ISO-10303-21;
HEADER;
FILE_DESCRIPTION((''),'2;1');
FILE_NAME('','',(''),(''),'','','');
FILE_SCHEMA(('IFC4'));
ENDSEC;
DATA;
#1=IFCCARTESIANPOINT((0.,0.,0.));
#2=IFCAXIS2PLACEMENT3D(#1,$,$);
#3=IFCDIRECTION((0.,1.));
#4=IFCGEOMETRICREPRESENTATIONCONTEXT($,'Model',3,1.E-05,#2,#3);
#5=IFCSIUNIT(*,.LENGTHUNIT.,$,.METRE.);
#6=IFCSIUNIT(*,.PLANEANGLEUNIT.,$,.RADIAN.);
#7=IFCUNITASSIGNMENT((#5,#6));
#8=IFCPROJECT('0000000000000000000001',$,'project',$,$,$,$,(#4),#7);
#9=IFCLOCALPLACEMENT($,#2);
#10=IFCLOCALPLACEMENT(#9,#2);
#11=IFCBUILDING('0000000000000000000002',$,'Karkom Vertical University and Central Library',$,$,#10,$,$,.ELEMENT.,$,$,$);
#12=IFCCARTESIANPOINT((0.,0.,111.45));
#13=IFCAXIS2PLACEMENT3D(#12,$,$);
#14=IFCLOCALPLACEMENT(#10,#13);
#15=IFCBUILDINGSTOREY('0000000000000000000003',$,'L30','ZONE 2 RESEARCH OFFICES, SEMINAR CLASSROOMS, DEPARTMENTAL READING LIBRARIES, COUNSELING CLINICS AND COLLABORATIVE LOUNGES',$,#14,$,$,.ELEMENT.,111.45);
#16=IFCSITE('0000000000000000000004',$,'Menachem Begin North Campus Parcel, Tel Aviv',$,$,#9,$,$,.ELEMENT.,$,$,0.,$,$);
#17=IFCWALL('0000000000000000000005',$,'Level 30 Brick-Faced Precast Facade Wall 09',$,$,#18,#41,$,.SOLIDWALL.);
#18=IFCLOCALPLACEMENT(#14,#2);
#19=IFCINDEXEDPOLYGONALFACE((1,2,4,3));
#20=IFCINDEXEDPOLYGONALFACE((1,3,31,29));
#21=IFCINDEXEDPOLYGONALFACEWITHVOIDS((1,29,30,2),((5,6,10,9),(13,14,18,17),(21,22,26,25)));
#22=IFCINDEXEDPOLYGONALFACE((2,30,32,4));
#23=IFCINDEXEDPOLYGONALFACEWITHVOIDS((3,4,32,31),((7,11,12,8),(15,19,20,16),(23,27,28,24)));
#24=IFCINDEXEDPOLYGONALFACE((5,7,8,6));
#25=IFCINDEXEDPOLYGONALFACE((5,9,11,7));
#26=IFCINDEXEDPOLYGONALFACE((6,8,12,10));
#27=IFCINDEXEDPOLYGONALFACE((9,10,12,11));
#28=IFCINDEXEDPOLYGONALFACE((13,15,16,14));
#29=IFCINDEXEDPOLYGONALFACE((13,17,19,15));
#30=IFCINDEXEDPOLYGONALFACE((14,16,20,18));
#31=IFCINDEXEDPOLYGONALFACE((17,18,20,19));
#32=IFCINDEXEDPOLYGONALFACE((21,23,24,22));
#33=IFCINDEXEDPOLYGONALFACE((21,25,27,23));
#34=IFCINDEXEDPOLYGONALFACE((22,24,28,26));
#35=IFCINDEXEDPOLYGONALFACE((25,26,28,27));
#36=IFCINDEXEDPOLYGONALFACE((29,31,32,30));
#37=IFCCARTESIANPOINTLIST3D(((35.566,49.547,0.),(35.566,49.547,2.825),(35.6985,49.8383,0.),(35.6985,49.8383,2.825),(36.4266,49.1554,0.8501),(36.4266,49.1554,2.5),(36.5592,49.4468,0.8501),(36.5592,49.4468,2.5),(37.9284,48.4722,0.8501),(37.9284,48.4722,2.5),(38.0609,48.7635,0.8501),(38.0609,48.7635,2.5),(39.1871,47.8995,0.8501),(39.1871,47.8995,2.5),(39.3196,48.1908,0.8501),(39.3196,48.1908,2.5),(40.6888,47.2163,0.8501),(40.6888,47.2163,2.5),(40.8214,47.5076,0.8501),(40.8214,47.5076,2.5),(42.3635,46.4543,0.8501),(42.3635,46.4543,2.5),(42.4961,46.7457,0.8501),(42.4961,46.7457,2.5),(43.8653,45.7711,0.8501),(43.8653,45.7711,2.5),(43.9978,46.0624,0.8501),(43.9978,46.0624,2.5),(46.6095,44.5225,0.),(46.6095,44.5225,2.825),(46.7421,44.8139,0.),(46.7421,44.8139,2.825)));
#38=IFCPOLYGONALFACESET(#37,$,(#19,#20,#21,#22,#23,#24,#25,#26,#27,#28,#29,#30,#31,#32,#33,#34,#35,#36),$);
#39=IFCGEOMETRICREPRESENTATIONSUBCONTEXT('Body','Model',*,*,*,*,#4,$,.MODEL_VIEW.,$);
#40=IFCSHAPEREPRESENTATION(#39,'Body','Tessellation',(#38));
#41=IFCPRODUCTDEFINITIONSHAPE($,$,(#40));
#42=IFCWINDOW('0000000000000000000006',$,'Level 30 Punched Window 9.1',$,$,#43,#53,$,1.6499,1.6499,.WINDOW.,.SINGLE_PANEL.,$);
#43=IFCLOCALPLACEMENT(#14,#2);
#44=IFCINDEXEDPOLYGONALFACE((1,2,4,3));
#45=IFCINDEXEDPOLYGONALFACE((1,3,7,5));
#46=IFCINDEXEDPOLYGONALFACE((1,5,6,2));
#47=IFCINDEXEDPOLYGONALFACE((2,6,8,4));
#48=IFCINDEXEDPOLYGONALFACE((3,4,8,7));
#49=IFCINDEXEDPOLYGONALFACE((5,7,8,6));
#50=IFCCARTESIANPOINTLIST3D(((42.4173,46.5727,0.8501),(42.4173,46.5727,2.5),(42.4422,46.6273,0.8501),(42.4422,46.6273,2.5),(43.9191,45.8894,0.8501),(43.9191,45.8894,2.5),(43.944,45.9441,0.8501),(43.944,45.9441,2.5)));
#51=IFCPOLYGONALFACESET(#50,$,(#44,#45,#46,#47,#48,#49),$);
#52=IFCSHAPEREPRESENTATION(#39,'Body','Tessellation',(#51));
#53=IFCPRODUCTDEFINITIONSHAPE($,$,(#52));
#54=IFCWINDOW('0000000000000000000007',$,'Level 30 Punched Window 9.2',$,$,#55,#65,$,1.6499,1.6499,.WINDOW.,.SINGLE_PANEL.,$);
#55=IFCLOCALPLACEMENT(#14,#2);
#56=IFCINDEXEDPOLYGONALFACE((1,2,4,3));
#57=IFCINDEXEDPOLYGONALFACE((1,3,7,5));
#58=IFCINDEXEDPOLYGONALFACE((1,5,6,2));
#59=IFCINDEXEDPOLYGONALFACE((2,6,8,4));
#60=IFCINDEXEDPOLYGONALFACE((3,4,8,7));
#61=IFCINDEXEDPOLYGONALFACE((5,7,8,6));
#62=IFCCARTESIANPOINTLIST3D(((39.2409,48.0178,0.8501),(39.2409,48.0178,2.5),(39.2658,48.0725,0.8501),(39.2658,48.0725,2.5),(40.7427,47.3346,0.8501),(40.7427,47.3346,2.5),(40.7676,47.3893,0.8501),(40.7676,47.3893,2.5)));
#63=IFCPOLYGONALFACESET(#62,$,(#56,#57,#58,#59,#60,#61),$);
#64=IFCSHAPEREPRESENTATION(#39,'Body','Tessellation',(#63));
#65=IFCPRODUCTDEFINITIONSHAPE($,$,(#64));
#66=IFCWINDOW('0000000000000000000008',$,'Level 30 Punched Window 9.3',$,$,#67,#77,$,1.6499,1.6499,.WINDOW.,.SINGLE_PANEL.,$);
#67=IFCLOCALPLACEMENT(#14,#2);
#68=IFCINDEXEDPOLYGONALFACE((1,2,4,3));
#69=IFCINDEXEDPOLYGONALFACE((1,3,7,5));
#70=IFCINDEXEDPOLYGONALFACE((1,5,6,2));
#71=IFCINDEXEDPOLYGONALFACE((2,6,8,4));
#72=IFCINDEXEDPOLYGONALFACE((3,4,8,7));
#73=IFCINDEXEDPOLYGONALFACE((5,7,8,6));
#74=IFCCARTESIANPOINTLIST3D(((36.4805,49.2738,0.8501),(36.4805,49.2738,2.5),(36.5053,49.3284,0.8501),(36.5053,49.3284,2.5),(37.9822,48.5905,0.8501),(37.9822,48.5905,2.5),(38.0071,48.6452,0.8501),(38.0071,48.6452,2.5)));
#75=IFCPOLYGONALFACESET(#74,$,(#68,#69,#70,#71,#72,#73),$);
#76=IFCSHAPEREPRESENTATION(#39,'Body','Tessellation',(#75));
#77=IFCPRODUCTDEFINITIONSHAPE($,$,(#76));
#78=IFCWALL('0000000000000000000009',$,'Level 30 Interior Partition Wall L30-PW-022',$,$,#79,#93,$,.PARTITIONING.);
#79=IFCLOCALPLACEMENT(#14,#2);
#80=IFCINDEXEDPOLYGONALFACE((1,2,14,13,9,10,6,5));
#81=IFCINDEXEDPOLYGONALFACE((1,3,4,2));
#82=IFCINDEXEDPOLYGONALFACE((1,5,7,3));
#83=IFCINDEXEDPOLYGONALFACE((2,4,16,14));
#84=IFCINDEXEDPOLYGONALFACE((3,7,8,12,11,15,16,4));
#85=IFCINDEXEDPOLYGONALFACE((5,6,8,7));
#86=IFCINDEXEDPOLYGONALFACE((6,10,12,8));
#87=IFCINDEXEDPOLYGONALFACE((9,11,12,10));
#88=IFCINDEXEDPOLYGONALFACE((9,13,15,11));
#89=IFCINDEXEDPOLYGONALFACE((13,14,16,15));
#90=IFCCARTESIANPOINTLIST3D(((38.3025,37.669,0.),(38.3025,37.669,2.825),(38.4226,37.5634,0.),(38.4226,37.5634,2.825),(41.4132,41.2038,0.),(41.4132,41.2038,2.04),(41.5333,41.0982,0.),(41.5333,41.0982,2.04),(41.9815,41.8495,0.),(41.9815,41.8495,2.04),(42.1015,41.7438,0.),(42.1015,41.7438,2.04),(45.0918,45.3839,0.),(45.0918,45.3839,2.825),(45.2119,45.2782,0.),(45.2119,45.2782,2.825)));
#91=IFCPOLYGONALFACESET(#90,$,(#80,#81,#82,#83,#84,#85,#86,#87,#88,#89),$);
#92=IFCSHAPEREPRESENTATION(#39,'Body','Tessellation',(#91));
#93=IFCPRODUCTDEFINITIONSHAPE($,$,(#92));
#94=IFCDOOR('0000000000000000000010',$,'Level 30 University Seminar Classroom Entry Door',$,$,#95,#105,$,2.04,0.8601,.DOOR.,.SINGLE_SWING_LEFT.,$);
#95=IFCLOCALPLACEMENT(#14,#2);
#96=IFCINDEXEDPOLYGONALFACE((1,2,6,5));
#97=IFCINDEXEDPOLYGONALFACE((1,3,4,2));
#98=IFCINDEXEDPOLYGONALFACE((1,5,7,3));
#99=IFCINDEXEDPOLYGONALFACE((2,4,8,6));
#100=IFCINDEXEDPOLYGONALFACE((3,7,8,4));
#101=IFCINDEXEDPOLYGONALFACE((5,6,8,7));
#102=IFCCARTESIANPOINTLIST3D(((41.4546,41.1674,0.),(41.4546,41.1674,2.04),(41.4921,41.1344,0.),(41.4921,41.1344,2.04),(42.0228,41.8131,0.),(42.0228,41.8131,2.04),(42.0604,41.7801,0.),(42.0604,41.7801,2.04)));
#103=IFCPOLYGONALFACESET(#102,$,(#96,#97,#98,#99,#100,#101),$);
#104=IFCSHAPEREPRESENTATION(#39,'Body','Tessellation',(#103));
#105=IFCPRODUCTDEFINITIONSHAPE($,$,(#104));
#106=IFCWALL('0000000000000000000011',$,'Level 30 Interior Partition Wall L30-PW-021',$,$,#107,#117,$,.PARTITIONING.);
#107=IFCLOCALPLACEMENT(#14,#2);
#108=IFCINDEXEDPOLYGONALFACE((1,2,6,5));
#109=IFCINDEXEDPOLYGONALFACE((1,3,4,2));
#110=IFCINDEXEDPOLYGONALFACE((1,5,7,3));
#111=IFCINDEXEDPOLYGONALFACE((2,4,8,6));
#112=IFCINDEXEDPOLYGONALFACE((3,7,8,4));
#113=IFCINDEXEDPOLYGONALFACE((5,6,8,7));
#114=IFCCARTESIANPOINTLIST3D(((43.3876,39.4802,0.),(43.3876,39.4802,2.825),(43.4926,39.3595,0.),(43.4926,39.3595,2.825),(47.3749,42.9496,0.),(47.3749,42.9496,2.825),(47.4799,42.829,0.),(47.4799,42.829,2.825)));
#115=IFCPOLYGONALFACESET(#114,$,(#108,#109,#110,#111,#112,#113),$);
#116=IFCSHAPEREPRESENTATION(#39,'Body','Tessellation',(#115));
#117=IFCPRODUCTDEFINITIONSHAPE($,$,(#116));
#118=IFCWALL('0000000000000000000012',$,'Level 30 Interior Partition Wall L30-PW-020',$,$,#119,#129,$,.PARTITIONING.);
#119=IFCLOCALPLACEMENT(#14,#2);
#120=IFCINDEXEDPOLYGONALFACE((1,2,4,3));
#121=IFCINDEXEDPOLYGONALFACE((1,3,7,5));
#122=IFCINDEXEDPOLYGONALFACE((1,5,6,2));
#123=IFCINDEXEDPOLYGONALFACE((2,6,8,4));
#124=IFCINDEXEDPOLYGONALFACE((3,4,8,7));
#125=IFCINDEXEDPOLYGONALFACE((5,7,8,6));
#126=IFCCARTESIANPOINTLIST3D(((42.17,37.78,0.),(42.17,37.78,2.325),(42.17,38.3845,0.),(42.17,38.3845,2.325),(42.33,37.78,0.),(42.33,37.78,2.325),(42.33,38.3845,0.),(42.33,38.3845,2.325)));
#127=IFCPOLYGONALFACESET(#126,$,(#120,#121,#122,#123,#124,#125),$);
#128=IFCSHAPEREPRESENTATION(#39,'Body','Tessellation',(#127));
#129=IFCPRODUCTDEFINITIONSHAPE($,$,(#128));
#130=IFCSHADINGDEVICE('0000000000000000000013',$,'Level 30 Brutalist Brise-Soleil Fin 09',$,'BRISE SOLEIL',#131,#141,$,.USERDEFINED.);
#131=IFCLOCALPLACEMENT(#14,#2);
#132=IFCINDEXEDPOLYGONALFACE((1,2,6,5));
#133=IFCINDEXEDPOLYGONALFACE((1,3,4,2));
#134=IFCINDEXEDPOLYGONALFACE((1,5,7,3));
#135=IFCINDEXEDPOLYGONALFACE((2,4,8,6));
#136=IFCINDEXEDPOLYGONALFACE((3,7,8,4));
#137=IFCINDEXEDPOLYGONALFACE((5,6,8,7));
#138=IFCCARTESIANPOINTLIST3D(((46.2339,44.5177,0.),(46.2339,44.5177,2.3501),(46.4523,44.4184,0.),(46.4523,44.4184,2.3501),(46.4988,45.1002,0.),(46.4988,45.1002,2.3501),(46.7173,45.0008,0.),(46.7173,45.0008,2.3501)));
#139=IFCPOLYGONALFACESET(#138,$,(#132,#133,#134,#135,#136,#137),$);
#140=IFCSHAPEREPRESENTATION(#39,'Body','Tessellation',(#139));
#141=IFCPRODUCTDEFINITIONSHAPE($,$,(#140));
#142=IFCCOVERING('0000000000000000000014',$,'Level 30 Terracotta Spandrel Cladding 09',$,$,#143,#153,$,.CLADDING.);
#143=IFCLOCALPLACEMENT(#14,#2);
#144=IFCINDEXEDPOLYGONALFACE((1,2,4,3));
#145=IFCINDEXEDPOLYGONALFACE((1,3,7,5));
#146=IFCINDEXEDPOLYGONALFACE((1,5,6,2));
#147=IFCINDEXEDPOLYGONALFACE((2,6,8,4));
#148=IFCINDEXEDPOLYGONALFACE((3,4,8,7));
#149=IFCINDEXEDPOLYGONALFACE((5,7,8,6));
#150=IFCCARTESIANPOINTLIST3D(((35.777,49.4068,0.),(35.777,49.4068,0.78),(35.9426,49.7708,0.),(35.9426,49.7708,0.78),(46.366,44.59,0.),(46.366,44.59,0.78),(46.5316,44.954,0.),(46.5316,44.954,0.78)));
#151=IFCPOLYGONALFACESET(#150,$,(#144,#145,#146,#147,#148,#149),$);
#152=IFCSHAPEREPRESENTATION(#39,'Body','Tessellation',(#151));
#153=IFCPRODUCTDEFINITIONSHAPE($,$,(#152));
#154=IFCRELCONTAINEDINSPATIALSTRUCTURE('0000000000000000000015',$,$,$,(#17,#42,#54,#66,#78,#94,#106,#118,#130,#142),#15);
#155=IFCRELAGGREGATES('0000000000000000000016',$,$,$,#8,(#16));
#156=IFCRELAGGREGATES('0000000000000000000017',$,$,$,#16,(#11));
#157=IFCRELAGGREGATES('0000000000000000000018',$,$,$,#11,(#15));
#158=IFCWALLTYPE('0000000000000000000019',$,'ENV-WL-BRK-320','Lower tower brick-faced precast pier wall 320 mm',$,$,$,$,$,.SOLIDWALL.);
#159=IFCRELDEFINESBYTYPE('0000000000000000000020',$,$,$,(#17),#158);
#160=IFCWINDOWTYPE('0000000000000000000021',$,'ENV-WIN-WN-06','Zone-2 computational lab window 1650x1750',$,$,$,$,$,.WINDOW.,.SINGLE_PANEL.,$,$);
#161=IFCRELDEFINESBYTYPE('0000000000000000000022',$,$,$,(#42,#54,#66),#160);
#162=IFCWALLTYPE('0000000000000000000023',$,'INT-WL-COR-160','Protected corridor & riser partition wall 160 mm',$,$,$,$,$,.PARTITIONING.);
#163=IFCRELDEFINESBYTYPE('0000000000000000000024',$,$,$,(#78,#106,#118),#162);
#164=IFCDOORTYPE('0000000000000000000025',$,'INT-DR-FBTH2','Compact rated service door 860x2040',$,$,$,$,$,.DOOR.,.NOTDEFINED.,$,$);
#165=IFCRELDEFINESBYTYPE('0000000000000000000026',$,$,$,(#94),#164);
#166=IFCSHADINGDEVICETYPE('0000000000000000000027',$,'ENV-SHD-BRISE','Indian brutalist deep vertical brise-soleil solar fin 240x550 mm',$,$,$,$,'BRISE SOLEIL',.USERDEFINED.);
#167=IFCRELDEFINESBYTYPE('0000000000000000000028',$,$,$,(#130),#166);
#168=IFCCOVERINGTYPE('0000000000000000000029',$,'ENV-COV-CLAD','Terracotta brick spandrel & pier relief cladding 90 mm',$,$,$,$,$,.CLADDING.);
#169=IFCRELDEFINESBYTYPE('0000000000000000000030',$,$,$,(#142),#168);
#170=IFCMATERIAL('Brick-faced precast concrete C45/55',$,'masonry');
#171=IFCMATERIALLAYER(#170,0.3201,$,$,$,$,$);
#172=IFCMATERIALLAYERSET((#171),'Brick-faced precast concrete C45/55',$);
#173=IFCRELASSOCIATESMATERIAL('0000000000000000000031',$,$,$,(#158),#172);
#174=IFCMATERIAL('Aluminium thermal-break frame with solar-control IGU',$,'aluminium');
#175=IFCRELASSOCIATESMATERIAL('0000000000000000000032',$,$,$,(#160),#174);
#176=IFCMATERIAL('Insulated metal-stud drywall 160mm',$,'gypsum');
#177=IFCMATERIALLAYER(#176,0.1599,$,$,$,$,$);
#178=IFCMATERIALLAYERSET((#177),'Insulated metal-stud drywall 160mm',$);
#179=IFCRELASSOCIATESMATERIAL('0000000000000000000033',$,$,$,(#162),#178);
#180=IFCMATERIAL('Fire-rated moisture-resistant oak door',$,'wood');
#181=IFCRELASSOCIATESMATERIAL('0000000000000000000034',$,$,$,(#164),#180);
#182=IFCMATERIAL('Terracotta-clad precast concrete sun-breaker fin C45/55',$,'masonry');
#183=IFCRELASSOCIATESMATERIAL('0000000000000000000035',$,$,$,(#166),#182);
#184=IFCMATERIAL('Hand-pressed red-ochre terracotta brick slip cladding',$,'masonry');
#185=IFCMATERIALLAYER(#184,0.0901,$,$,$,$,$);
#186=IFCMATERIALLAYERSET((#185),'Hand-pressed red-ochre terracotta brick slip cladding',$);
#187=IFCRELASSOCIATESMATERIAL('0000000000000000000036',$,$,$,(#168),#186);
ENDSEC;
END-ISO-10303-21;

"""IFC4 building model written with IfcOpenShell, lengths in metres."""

from ifc_helpers import new_model, si_unit, direction, frame, frame_2d, origin, origin_with_axes, origin_2d, place, context, subcontext, project, spatial, rectangle, extrude, source, transform, mapped, material, layer, layer_set, type_object, element, fill, save


model = new_model("IFC4")

# Units and contexts
model_context = context("Model", 3, precision=1e-05, world=origin(), true_north=direction((0.0, 1.0)))
body_context = subcontext(model_context, "Body", "Model", "MODEL_VIEW")
ifc_project = project(units=[si_unit("LENGTHUNIT", "METRE"), si_unit("PLANEANGLEUNIT", "RADIAN")], contexts=[model_context])

# Site, building, storey
site_placement = place(None, origin())
site = spatial("IfcSite", under=ifc_project, at=site_placement, Name="Menachem Begin North Campus Parcel, Tel Aviv", CompositionType="ELEMENT", RefElevation=0.0)
building_placement = place(site_placement, origin())
building = spatial("IfcBuilding", under=site, at=building_placement, Name="Karkom Vertical University and Central Library", CompositionType="ELEMENT")
storey_placement = place(building_placement, frame((0.0, 0.0, 111.45)))
storey = spatial("IfcBuildingStorey", under=building, at=storey_placement, Name="L30", Description="ZONE 2 RESEARCH OFFICES, SEMINAR CLASSROOMS, DEPARTMENTAL READING LIBRARIES, COUNSELING CLINICS AND COLLABORATIVE LOUNGES", CompositionType="ELEMENT", Elevation=111.45)

# Wall, openings, windows
ifc_material_1 = material(Name="Brick-faced precast concrete C45/55", Category="masonry")
ifc_layer_1 = layer(ifc_material_1, 0.3201)
ifc_layer_set_1 = layer_set([ifc_layer_1], Name="Brick-faced precast concrete C45/55")
wall_type_1 = type_object("IfcWallType", Name="ENV-WL-BRK-320", Description="Lower tower brick-faced precast pier wall 320 mm", PredefinedType="SOLIDWALL", material=ifc_layer_set_1)
wall_1_placement = place(storey_placement, frame((46.6758, 44.6682, 0.0), z_axis=(0.0, 0.0, 1.0), x_axis=(-0.910222, 0.414121, 0.0)))
wall_1 = element("IfcWall", 1, at=wall_1_placement, inside=storey, type_object=wall_type_1, Name="Level 30 Brick-Faced Precast Facade Wall 09", PredefinedType="SOLIDWALL", context=body_context, shape_type="SweptSolid", body=[
    extrude(rectangle(XDim=12.1328, YDim=0.3201, at=frame_2d((6.0664, 0.0))), origin(), (0.0, 0.0, 1.0), 2.825),
])
opening_1_placement = place(wall_1_placement, frame((3.0149, 0.0, 0.8501)))
opening_1 = element("IfcOpeningElement", 2, at=opening_1_placement, cuts=wall_1, PredefinedType="OPENING", context=body_context, shape_type="SweptSolid", body=[
    extrude(rectangle(XDim=1.6499, YDim=1.6499, at=frame_2d((0.825, 0.825))), frame((0.0, 0.1699, 0.0), z_axis=(0.0, -1.0, 0.0), x_axis=(1.0, 0.0, 0.0)), (0.0, 0.0, 1.0), 0.3401),
])
opening_2_placement = place(wall_1_placement, frame((6.5046, 0.0, 0.8501)))
opening_2 = element("IfcOpeningElement", 3, at=opening_2_placement, cuts=wall_1, PredefinedType="OPENING", context=body_context, shape_type="SweptSolid", body=[
    extrude(rectangle(XDim=1.6499, YDim=1.6499, at=frame_2d((0.825, 0.825))), frame((0.0, 0.1699, 0.0), z_axis=(0.0, -1.0, 0.0), x_axis=(1.0, 0.0, 0.0)), (0.0, 0.0, 1.0), 0.3401),
])
opening_3_placement = place(wall_1_placement, frame((9.5374, 0.0, 0.8501)))
opening_3 = element("IfcOpeningElement", 4, at=opening_3_placement, cuts=wall_1, PredefinedType="OPENING", context=body_context, shape_type="SweptSolid", body=[
    extrude(rectangle(XDim=1.6499, YDim=1.6499, at=frame_2d((0.825, 0.825))), frame((0.0, 0.1699, 0.0), z_axis=(0.0, -1.0, 0.0), x_axis=(1.0, 0.0, 0.0)), (0.0, 0.0, 1.0), 0.3401),
])
ifc_material_2 = material(Name="Aluminium thermal-break frame with solar-control IGU", Category="aluminium")
window_type = type_object("IfcWindowType", Name="ENV-WIN-WN-06", Description="Zone-2 computational lab window 1650x1750", PartitioningType="SINGLE_PANEL", PredefinedType="WINDOW", material=ifc_material_2)
shared_shape_1 = source(origin_with_axes(), body_context, "Body", "SweptSolid", [
    extrude(rectangle(XDim=1.6499, YDim=1.6499, at=frame_2d((0.825, 0.825))), frame((0.0, 0.03, 0.0), z_axis=(0.0, -1.0, 0.0), x_axis=(1.0, 0.0, 0.0)), (0.0, 0.0, 1.0), 0.0601),
])
window_1_placement = place(opening_1_placement, origin())
window_1 = element("IfcWindow", 5, at=window_1_placement, inside=storey, type_object=window_type, Name="Level 30 Punched Window 9.1", OverallHeight=1.6499, OverallWidth=1.6499, PartitioningType="SINGLE_PANEL", PredefinedType="WINDOW", context=body_context, shape_type="MappedRepresentation", body=[
    mapped(shared_shape_1, transform((0.0, 0.0, 0.0), scale=1.0)),
])
fill(opening_1, window_1)
window_2_placement = place(opening_2_placement, origin())
window_2 = element("IfcWindow", 6, at=window_2_placement, inside=storey, type_object=window_type, Name="Level 30 Punched Window 9.2", OverallHeight=1.6499, OverallWidth=1.6499, PartitioningType="SINGLE_PANEL", PredefinedType="WINDOW", context=body_context, shape_type="MappedRepresentation", body=[
    mapped(shared_shape_1, transform((0.0, 0.0, 0.0), scale=1.0)),
])
fill(opening_2, window_2)
window_3_placement = place(opening_3_placement, origin())
window_3 = element("IfcWindow", 7, at=window_3_placement, inside=storey, type_object=window_type, Name="Level 30 Punched Window 9.3", OverallHeight=1.6499, OverallWidth=1.6499, PartitioningType="SINGLE_PANEL", PredefinedType="WINDOW", context=body_context, shape_type="MappedRepresentation", body=[
    mapped(shared_shape_1, transform((0.0, 0.0, 0.0), scale=1.0)),
])
fill(opening_3, window_3)

# Shared definitions
ifc_material_3 = material(Name="Insulated metal-stud drywall 160mm", Category="gypsum")
ifc_layer_2 = layer(ifc_material_3, 0.1599)
ifc_layer_set_2 = layer_set([ifc_layer_2], Name="Insulated metal-stud drywall 160mm")
wall_type_2 = type_object("IfcWallType", Name="INT-WL-COR-160", Description="Protected corridor & riser partition wall 160 mm", PredefinedType="PARTITIONING", material=ifc_layer_set_2)

# Wall, opening, door
wall_2_placement = place(storey_placement, frame((38.3625, 37.6162, 0.0), z_axis=(0.0, 0.0, 1.0), x_axis=(0.660641, 0.750702, 0.0)))
wall_2 = element("IfcWall", 8, at=wall_2_placement, inside=storey, type_object=wall_type_2, Name="Level 30 Interior Partition Wall L30-PW-022", PredefinedType="PARTITIONING", context=body_context, shape_type="SweptSolid", body=[
    extrude(rectangle(XDim=10.2769, YDim=0.1599, at=frame_2d((5.1384, 0.0))), origin(), (0.0, 0.0, 1.0), 2.825),
])
opening_4_placement = place(wall_2_placement, frame((4.7085, 0.0, 0.0)))
opening_4 = element("IfcOpeningElement", 9, at=opening_4_placement, cuts=wall_2, PredefinedType="OPENING", context=body_context, shape_type="SweptSolid", body=[
    extrude(rectangle(XDim=0.8601, YDim=2.04, at=frame_2d((0.4302, 1.02))), frame((0.0, 0.0898, 0.0), z_axis=(0.0, -1.0, 0.0), x_axis=(1.0, 0.0, 0.0)), (0.0, 0.0, 1.0), 0.1799),
])
ifc_material_4 = material(Name="Fire-rated moisture-resistant oak door", Category="wood")
door_type_1 = type_object("IfcDoorType", Name="INT-DR-FBTH2", Description="Compact rated service door 860x2040", OperationType="NOTDEFINED", PredefinedType="DOOR", material=ifc_material_4)
shared_shape_2 = source(origin_with_axes(), body_context, "Body", "SweptSolid", [
    extrude(rectangle(XDim=0.8601, YDim=2.04, at=frame_2d((0.4302, 1.02))), frame((0.0, 0.0249, 0.0), z_axis=(0.0, -1.0, 0.0), x_axis=(1.0, 0.0, 0.0)), (0.0, 0.0, 1.0), 0.05),
])
door_1_placement = place(opening_4_placement, origin())
door_1 = element("IfcDoor", 10, at=door_1_placement, inside=storey, type_object=door_type_1, Name="Level 30 University Seminar Classroom Entry Door", OperationType="SINGLE_SWING_LEFT", OverallHeight=2.04, OverallWidth=0.8601, PredefinedType="DOOR", context=body_context, shape_type="MappedRepresentation", body=[
    mapped(shared_shape_2, transform((0.0, 0.0, 0.0), scale=1.0)),
])
fill(opening_4, door_1)

# Walls
wall_3_placement = place(storey_placement, frame((43.4402, 39.4199, 0.0), z_axis=(0.0, 0.0, 1.0), x_axis=(0.754394, 0.656422, 0.0)))
element("IfcWall", 11, at=wall_3_placement, inside=storey, type_object=wall_type_2, Name="Level 30 Interior Partition Wall L30-PW-021", PredefinedType="PARTITIONING", context=body_context, shape_type="SweptSolid", body=[
    extrude(rectangle(XDim=5.2854, YDim=0.1599, at=frame_2d((2.6426, 0.0))), origin(), (0.0, 0.0, 1.0), 2.825),
])
wall_4_placement = place(storey_placement, frame((42.25, 38.3845, 0.0), z_axis=(0.0, 0.0, 1.0), x_axis=(0.0, -1.0, 0.0)))
element("IfcWall", 12, at=wall_4_placement, inside=storey, type_object=wall_type_2, Name="Level 30 Interior Partition Wall L30-PW-020", PredefinedType="PARTITIONING", context=body_context, shape_type="SweptSolid", body=[
    extrude(rectangle(XDim=0.6045, YDim=0.1599, at=frame_2d((0.3022, 0.0))), origin(), (0.0, 0.0, 1.0), 2.325),
])

# Shading device
ifc_material_5 = material(Name="Terracotta-clad precast concrete sun-breaker fin C45/55", Category="masonry")
shading_device_type = type_object("IfcShadingDeviceType", Name="ENV-SHD-BRISE", Description="Indian brutalist deep vertical brise-soleil solar fin 240x550 mm", ElementType="BRISE SOLEIL", PredefinedType="USERDEFINED", material=ifc_material_5)
shared_shape_3 = source(origin_with_axes(), body_context, "Body", "SweptSolid", [
    extrude(rectangle(XDim=0.24, YDim=0.6399, at=origin_2d()), origin(), (0.0, 0.0, 1.0), 2.3501),
])
shading_device_placement = place(storey_placement, frame((46.4756, 44.7593, 0.0), z_axis=(0.0, 0.0, 1.0), x_axis=(-0.910251, 0.414058, 0.0)))
element("IfcShadingDevice", 13, at=shading_device_placement, inside=storey, type_object=shading_device_type, Name="Level 30 Brutalist Brise-Soleil Fin 09", ObjectType="BRISE SOLEIL", PredefinedType="USERDEFINED", context=body_context, shape_type="MappedRepresentation", body=[
    mapped(shared_shape_3, transform((0.0, 0.0, 0.0), scale=1.0)),
])

# Covering
ifc_material_6 = material(Name="Hand-pressed red-ochre terracotta brick slip cladding", Category="masonry")
ifc_layer_3 = layer(ifc_material_6, 0.0901)
ifc_layer_set_3 = layer_set([ifc_layer_3], Name="Hand-pressed red-ochre terracotta brick slip cladding")
covering_type = type_object("IfcCoveringType", Name="ENV-COV-CLAD", Description="Terracotta brick spandrel & pier relief cladding 90 mm", PredefinedType="CLADDING", material=ifc_layer_set_3)
shared_shape_4 = source(origin_with_axes(), body_context, "Body", "SweptSolid", [
    extrude(rectangle(XDim=11.6331, YDim=0.3999, at=origin_2d()), origin(), (0.0, 0.0, 1.0), 0.78),
])
covering_placement = place(storey_placement, frame((41.1543, 47.1804, 0.0), z_axis=(0.0, 0.0, 1.0), x_axis=(-0.910251, 0.414058, 0.0)))
element("IfcCovering", 14, at=covering_placement, inside=storey, type_object=covering_type, Name="Level 30 Terracotta Spandrel Cladding 09", PredefinedType="CLADDING", context=body_context, shape_type="MappedRepresentation", body=[
    mapped(shared_shape_4, transform((0.0, 0.0, 0.0), scale=1.0)),
])

save(model, "model.ifc")
